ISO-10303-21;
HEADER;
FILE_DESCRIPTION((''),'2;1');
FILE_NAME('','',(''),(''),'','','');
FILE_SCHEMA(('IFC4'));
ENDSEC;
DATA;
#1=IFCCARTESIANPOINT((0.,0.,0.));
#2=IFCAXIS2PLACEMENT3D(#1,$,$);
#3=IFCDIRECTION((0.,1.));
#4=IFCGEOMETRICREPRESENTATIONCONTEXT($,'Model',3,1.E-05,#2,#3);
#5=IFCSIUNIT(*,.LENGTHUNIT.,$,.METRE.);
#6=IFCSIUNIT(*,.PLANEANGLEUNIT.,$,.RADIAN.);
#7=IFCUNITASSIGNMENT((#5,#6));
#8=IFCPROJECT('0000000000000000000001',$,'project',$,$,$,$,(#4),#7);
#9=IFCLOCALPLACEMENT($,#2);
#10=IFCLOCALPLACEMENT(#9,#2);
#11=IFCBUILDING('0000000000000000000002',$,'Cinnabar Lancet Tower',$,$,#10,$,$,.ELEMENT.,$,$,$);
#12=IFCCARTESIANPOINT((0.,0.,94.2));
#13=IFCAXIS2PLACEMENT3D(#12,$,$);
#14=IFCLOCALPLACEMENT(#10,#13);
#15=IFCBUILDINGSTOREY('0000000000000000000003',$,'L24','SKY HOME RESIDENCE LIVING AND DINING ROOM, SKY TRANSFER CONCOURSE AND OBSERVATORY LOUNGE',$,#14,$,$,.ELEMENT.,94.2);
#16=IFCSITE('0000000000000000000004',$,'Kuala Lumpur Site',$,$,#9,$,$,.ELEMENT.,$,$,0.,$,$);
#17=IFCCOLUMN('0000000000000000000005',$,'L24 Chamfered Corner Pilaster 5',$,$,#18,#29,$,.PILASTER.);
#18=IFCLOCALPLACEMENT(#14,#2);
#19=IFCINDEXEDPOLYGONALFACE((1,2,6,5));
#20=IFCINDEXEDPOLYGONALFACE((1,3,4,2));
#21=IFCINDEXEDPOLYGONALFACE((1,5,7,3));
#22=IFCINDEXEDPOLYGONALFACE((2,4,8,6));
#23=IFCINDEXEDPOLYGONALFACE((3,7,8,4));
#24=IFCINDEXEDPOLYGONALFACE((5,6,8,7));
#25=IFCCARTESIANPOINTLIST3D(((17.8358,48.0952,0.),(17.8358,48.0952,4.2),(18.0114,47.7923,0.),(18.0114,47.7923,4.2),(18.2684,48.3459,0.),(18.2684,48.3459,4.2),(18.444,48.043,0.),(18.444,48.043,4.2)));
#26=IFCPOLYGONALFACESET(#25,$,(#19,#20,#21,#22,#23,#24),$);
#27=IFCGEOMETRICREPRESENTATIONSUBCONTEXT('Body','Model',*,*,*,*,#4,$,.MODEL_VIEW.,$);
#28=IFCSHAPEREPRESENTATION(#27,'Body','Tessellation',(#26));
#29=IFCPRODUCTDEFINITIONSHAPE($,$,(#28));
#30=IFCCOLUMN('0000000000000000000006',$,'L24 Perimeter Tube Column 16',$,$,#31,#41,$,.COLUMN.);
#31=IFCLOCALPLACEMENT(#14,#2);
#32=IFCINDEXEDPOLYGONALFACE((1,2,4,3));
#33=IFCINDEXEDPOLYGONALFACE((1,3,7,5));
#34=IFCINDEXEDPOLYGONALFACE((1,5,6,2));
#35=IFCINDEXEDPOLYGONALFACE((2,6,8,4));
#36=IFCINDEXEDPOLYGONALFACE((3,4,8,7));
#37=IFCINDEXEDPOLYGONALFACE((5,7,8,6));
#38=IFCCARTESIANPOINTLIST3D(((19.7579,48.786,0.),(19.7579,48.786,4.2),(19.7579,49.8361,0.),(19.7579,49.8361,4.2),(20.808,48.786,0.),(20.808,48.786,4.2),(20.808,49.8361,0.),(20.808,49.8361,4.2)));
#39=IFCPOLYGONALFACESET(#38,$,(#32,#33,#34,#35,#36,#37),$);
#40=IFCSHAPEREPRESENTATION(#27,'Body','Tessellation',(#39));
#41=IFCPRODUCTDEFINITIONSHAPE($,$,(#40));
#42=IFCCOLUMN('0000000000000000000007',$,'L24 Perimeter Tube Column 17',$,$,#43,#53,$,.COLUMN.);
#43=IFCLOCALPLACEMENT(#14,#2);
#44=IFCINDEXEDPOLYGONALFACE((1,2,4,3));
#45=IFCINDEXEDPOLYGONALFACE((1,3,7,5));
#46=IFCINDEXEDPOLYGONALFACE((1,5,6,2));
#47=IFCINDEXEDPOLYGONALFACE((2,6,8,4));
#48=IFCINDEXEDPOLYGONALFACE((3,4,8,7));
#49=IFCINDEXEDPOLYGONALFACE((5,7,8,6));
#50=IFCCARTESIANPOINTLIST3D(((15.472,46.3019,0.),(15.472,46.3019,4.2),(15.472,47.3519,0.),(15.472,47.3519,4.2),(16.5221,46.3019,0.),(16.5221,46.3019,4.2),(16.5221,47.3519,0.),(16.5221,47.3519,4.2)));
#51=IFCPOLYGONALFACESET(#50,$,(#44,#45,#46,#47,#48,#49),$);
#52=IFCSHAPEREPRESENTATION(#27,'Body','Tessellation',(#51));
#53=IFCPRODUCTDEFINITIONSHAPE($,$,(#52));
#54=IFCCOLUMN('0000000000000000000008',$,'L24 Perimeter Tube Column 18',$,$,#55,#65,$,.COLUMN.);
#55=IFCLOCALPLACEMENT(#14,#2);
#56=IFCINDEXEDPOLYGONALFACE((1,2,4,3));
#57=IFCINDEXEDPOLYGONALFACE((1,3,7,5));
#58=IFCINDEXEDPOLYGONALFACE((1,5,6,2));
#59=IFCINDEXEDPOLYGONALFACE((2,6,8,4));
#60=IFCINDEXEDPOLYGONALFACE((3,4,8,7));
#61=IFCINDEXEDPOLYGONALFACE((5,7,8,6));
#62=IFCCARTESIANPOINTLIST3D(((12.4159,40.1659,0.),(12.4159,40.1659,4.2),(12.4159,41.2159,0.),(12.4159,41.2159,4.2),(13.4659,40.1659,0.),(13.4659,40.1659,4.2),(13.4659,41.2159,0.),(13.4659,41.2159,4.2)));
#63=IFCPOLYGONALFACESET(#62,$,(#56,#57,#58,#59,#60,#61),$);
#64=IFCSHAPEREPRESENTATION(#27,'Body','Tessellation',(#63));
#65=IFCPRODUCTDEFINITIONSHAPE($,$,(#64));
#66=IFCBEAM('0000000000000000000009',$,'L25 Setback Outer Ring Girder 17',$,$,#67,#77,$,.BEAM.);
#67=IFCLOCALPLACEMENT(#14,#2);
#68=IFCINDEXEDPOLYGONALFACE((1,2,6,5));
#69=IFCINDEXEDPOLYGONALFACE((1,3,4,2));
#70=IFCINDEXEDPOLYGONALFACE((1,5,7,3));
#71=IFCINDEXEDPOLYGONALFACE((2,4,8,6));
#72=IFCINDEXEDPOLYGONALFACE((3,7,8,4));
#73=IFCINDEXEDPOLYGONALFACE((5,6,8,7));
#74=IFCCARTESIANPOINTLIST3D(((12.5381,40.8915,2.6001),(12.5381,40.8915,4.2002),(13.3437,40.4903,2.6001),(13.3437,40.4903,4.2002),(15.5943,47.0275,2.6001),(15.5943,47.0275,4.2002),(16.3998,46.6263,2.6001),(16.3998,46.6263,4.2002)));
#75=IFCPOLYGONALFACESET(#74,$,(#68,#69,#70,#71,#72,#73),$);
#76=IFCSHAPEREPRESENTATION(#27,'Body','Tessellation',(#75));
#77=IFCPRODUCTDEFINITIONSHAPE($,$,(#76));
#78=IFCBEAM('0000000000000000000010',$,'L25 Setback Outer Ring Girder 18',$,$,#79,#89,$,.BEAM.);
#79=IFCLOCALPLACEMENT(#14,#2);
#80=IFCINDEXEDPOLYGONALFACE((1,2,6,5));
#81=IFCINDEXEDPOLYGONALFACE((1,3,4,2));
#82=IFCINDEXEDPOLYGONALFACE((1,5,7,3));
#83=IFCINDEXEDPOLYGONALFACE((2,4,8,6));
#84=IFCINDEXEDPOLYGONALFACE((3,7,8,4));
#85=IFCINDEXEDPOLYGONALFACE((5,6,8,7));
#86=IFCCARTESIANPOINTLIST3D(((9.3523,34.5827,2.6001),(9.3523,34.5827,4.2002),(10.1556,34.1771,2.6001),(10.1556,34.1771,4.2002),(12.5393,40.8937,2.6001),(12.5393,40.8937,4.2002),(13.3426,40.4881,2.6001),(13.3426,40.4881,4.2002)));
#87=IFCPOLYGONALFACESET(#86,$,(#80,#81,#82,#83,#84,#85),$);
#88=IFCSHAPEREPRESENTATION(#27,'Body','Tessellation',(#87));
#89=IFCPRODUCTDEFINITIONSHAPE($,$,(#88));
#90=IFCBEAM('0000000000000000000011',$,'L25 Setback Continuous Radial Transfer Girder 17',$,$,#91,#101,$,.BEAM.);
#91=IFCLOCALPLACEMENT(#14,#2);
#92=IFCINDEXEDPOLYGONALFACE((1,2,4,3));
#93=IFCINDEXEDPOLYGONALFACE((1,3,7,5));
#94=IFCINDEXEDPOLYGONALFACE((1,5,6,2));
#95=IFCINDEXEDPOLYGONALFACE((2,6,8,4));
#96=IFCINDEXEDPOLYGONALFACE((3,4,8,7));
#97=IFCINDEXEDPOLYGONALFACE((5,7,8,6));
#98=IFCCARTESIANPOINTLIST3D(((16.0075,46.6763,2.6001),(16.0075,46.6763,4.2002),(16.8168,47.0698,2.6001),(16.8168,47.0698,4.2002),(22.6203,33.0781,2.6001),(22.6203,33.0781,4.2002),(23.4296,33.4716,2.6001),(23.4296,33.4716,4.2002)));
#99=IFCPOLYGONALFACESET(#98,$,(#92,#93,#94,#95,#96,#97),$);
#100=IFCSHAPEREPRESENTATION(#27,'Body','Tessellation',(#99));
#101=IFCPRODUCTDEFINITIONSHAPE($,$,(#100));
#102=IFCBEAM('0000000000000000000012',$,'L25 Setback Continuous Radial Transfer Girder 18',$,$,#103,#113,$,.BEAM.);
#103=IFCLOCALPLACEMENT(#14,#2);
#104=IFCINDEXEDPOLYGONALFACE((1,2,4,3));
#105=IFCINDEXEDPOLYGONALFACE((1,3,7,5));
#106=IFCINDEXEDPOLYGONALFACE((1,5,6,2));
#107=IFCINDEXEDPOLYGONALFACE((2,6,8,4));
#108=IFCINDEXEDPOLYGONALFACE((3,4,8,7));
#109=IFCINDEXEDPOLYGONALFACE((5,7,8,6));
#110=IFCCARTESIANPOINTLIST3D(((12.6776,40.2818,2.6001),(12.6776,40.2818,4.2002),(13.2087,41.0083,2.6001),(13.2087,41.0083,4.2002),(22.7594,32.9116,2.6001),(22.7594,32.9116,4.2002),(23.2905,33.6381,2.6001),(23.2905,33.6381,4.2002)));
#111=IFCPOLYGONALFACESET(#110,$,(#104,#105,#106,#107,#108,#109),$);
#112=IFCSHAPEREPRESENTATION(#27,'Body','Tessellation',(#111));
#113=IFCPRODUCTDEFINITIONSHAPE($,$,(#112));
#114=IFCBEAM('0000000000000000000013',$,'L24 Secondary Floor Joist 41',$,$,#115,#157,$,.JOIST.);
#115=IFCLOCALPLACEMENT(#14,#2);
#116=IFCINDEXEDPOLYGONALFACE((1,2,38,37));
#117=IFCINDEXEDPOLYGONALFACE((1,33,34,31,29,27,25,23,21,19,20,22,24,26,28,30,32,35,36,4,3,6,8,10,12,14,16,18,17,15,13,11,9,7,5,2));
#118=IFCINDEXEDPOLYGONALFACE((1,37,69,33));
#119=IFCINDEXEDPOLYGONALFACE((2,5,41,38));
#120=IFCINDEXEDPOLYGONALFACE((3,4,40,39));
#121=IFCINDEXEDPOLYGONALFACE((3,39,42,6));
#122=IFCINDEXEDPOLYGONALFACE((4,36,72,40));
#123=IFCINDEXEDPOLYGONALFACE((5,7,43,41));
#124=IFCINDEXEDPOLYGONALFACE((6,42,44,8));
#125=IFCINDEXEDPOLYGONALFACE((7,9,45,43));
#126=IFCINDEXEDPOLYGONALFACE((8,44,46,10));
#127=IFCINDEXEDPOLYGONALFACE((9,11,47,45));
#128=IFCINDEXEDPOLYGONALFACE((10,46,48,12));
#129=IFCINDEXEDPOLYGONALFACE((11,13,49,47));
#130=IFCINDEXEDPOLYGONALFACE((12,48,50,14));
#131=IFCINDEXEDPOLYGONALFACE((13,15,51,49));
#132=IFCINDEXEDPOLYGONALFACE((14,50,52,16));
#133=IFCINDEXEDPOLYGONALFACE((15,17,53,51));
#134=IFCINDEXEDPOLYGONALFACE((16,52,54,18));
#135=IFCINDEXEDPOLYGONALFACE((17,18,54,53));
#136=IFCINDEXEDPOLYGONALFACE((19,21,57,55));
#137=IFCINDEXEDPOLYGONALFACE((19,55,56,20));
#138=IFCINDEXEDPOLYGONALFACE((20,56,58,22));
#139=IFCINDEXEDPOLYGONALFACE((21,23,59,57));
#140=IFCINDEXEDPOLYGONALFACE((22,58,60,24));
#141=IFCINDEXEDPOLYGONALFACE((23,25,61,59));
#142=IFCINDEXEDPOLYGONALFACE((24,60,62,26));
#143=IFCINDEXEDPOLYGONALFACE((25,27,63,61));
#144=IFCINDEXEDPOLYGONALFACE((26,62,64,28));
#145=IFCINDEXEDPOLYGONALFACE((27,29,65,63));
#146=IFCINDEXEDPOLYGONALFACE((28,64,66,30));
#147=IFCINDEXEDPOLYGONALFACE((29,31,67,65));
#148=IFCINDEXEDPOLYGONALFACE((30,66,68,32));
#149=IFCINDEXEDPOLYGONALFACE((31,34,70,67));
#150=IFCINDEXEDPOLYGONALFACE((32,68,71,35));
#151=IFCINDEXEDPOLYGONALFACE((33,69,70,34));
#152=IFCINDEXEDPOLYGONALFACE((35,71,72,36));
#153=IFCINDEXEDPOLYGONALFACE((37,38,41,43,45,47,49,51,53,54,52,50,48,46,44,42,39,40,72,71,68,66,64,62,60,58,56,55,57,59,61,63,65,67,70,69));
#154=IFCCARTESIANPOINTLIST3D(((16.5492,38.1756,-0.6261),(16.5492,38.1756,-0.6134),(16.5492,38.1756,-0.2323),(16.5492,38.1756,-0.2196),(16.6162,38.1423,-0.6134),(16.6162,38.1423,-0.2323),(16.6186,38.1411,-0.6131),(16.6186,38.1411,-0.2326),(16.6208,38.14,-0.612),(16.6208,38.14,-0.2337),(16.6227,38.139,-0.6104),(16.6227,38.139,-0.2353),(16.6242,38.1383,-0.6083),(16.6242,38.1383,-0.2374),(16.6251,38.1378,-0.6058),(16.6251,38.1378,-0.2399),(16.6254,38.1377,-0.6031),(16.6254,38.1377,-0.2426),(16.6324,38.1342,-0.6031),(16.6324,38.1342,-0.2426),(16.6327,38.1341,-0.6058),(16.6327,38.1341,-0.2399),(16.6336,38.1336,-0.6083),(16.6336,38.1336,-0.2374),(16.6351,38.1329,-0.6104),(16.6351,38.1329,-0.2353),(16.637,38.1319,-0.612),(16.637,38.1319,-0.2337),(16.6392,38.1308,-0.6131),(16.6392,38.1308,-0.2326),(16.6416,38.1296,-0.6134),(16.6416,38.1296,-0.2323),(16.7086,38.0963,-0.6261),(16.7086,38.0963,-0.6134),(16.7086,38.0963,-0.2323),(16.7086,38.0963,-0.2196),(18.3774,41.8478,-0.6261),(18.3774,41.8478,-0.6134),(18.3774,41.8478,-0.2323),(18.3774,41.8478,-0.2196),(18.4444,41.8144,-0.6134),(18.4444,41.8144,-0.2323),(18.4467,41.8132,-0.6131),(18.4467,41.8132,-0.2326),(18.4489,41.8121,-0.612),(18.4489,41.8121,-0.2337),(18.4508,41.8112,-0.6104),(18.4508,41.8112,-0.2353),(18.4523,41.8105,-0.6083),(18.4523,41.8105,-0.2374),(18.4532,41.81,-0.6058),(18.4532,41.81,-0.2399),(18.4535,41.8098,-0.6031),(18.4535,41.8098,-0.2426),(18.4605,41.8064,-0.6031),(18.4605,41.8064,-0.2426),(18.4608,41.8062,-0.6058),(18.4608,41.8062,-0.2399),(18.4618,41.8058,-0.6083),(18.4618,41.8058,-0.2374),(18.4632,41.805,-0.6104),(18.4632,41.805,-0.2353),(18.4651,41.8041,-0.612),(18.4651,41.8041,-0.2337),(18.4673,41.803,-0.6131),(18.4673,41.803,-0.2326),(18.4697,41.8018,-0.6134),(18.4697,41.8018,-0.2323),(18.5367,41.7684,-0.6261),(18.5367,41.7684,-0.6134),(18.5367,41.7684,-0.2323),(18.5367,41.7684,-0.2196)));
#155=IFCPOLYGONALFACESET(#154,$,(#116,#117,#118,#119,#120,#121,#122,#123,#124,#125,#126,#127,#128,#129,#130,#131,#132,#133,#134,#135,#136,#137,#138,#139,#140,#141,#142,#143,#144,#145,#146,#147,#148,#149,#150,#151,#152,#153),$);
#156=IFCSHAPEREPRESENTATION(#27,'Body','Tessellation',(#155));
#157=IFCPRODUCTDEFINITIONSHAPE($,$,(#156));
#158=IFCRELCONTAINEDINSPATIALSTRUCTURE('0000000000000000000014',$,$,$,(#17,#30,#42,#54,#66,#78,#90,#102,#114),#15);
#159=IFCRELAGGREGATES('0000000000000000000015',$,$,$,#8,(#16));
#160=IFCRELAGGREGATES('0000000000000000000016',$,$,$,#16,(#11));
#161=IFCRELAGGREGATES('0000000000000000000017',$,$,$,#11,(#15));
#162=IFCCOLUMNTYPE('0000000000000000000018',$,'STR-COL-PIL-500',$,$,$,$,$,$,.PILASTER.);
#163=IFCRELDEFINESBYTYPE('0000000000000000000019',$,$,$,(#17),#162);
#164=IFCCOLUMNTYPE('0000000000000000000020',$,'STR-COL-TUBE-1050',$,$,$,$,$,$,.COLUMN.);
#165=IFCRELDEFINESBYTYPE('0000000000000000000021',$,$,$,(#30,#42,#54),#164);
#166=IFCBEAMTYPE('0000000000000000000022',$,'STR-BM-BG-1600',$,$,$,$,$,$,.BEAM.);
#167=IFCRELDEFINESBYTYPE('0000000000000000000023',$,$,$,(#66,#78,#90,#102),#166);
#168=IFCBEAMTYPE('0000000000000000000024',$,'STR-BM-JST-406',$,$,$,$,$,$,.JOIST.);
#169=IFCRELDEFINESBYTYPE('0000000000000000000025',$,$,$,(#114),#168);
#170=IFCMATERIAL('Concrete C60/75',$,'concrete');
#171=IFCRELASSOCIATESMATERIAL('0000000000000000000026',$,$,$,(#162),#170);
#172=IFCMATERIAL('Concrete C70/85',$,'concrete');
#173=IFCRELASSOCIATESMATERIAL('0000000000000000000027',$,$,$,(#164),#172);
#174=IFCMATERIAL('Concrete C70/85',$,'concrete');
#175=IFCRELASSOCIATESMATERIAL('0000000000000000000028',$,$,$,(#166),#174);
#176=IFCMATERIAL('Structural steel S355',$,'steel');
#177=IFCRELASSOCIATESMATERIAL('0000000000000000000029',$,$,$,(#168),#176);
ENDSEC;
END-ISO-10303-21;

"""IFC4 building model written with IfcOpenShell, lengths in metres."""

from ifc_helpers import new_model, si_unit, direction, frame, origin, origin_2d, place, context, subcontext, project, spatial, rectangle, i_section, extrude, material, material_profile, profile_set, type_object, element, save


model = new_model("IFC4")

# Units and contexts
model_context = context("Model", 3, precision=1e-05, world=origin(), true_north=direction((0.0, 1.0)))
body_context = subcontext(model_context, "Body", "Model", "MODEL_VIEW")
ifc_project = project(units=[si_unit("LENGTHUNIT", "METRE"), si_unit("PLANEANGLEUNIT", "RADIAN")], contexts=[model_context])

# Site, building, storey
site_placement = place(None, origin())
site = spatial("IfcSite", under=ifc_project, at=site_placement, Name="Kuala Lumpur Site", CompositionType="ELEMENT", RefElevation=0.0)
building_placement = place(site_placement, origin())
building = spatial("IfcBuilding", under=site, at=building_placement, Name="Cinnabar Lancet Tower", CompositionType="ELEMENT")
storey_placement = place(building_placement, frame((0.0, 0.0, 94.2)))
storey = spatial("IfcBuildingStorey", under=building, at=storey_placement, Name="L24", Description="SKY HOME RESIDENCE LIVING AND DINING ROOM, SKY TRANSFER CONCOURSE AND OBSERVATORY LOUNGE", CompositionType="ELEMENT", Elevation=94.2)

# Columns
ifc_material_1 = material(Name="Concrete C60/75", Category="concrete")
ifc_material_profile_1 = material_profile(ifc_material_1, rectangle(XDim=0.5, YDim=0.3501, at=origin_2d()), Name="RC-PIL 500x350")
ifc_profile_set_1 = profile_set([ifc_material_profile_1], Name="Concrete C60/75")
column_type_1 = type_object("IfcColumnType", Name="STR-COL-PIL-500", PredefinedType="PILASTER", material=ifc_profile_set_1)
column_placement = place(storey_placement, frame((18.1399, 48.0691, 0.0), z_axis=(0.0, 0.0, 1.0), x_axis=(-0.865195, -0.501435, 0.0)))
element("IfcColumn", 1, at=column_placement, inside=storey, type_object=column_type_1, Name="L24 Chamfered Corner Pilaster 5", PredefinedType="PILASTER", context=body_context, shape_type="SweptSolid", body=[
    extrude(rectangle(XDim=0.5, YDim=0.3501, at=origin_2d()), origin(), (0.0, 0.0, 1.0), 4.2),
])
ifc_material_2 = material(Name="Concrete C70/85", Category="concrete")
ifc_material_profile_2 = material_profile(ifc_material_2, rectangle(XDim=1.05, YDim=1.05, at=origin_2d()), Name="RC-COL 1050x1050")
ifc_profile_set_2 = profile_set([ifc_material_profile_2], Name="Concrete C70/85")
column_type_2 = type_object("IfcColumnType", Name="STR-COL-TUBE-1050", PredefinedType="COLUMN", material=ifc_profile_set_2)
for number, where, z_axis, x_axis, name in (
    (2, (20.283, 49.311, 0.0), (0.0, 0.0, 1.0), (1.0, 0.0, 0.0), "L24 Perimeter Tube Column 16"),
    (3, (15.9971, 46.8269, 0.0), (0.0, 0.0, 1.0), (1.0, 0.0, 0.0), "L24 Perimeter Tube Column 17"),
    (4, (12.9409, 40.6909, 0.0), (0.0, 0.0, 1.0), (1.0, 0.0, 0.0), "L24 Perimeter Tube Column 18"),
):
    element("IfcColumn", number, at=place(storey_placement, frame(where, z_axis=z_axis, x_axis=x_axis)), inside=storey, type_object=column_type_2, Name=name, PredefinedType="COLUMN", context=body_context, shape_type="SweptSolid", body=[
        extrude(rectangle(XDim=1.05, YDim=1.05, at=origin_2d()), origin(), (0.0, 0.0, 1.0), 4.2),
    ])

# Beams
ifc_material_3 = material(Name="Concrete C70/85", Category="concrete")
ifc_material_profile_3 = material_profile(ifc_material_3, rectangle(XDim=0.8999, YDim=1.6001, at=origin_2d()), Name="RC-BG 900x1600")
ifc_profile_set_3 = profile_set([ifc_material_profile_3], Name="Concrete C70/85")
beam_type_1 = type_object("IfcBeamType", Name="STR-BM-BG-1600", PredefinedType="BEAM", material=ifc_profile_set_3)
beam_1_placement = place(storey_placement, frame((15.9971, 46.8269, 3.4001), z_axis=(-0.445831, -0.895117, 0.0), x_axis=(0.895117, -0.445831, 0.0)))
element("IfcBeam", 5, at=beam_1_placement, inside=storey, type_object=beam_type_1, Name="L25 Setback Outer Ring Girder 17", PredefinedType="BEAM", context=body_context, shape_type="SweptSolid", body=[
    extrude(rectangle(XDim=0.8999, YDim=1.6001, at=origin_2d()), origin(), (0.0, 0.0, 1.0), 6.855),
])
beam_2_placement = place(storey_placement, frame((12.9409, 40.6909, 3.4001), z_axis=(-0.450774, -0.892638, 0.0), x_axis=(0.892638, -0.450774, 0.0)))
element("IfcBeam", 6, at=beam_2_placement, inside=storey, type_object=beam_type_1, Name="L25 Setback Outer Ring Girder 18", PredefinedType="BEAM", context=body_context, shape_type="SweptSolid", body=[
    extrude(rectangle(XDim=0.8999, YDim=1.6001, at=origin_2d()), origin(), (0.0, 0.0, 1.0), 7.0701),
])
beam_3_placement = place(storey_placement, frame((16.4121, 46.873, 3.4001), z_axis=(0.437331, -0.899301, 0.0), x_axis=(0.899301, 0.437331, 0.0)))
element("IfcBeam", 7, at=beam_3_placement, inside=storey, type_object=beam_type_1, Name="L25 Setback Continuous Radial Transfer Girder 17", PredefinedType="BEAM", context=body_context, shape_type="SweptSolid", body=[
    extrude(rectangle(XDim=0.8999, YDim=1.6001, at=origin_2d()), origin(), (0.0, 0.0, 1.0), 15.1208),
])
beam_4_placement = place(storey_placement, frame((12.9431, 40.645, 3.4001), z_axis=(0.80729, -0.590155, 0.0), x_axis=(0.590155, 0.80729, 0.0)))
element("IfcBeam", 8, at=beam_4_placement, inside=storey, type_object=beam_type_1, Name="L25 Setback Continuous Radial Transfer Girder 18", PredefinedType="BEAM", context=body_context, shape_type="SweptSolid", body=[
    extrude(rectangle(XDim=0.8999, YDim=1.6001, at=origin_2d()), origin(), (0.0, 0.0, 1.0), 12.4885),
])
ifc_material_4 = material(Name="Structural steel S355", Category="steel")
ifc_material_profile_4 = material_profile(ifc_material_4, i_section(OverallWidth=0.178, OverallDepth=0.4065, WebThickness=0.0078, FlangeThickness=0.0127, FilletRadius=0.0103, at=origin_2d()), Name="UKB 406x178x60")
ifc_profile_set_4 = profile_set([ifc_material_profile_4], Name="Structural steel S355")
beam_type_2 = type_object("IfcBeamType", Name="STR-BM-JST-406", PredefinedType="JOIST", material=ifc_profile_set_4)
beam_5_placement = place(storey_placement, frame((18.457, 41.8081, -0.4229), z_axis=(-0.445665, -0.8952, 0.0), x_axis=(0.8952, -0.445665, 0.0)))
element("IfcBeam", 9, at=beam_5_placement, inside=storey, type_object=beam_type_2, Name="L24 Secondary Floor Joist 41", PredefinedType="JOIST", context=body_context, shape_type="SweptSolid", body=[
    extrude(i_section(OverallWidth=0.178, OverallDepth=0.4065, WebThickness=0.0078, FlangeThickness=0.0127, FilletRadius=0.0103, at=origin_2d()), origin(), (0.0, 0.0, 1.0), 4.1021),
])

save(model, "model.ifc")
